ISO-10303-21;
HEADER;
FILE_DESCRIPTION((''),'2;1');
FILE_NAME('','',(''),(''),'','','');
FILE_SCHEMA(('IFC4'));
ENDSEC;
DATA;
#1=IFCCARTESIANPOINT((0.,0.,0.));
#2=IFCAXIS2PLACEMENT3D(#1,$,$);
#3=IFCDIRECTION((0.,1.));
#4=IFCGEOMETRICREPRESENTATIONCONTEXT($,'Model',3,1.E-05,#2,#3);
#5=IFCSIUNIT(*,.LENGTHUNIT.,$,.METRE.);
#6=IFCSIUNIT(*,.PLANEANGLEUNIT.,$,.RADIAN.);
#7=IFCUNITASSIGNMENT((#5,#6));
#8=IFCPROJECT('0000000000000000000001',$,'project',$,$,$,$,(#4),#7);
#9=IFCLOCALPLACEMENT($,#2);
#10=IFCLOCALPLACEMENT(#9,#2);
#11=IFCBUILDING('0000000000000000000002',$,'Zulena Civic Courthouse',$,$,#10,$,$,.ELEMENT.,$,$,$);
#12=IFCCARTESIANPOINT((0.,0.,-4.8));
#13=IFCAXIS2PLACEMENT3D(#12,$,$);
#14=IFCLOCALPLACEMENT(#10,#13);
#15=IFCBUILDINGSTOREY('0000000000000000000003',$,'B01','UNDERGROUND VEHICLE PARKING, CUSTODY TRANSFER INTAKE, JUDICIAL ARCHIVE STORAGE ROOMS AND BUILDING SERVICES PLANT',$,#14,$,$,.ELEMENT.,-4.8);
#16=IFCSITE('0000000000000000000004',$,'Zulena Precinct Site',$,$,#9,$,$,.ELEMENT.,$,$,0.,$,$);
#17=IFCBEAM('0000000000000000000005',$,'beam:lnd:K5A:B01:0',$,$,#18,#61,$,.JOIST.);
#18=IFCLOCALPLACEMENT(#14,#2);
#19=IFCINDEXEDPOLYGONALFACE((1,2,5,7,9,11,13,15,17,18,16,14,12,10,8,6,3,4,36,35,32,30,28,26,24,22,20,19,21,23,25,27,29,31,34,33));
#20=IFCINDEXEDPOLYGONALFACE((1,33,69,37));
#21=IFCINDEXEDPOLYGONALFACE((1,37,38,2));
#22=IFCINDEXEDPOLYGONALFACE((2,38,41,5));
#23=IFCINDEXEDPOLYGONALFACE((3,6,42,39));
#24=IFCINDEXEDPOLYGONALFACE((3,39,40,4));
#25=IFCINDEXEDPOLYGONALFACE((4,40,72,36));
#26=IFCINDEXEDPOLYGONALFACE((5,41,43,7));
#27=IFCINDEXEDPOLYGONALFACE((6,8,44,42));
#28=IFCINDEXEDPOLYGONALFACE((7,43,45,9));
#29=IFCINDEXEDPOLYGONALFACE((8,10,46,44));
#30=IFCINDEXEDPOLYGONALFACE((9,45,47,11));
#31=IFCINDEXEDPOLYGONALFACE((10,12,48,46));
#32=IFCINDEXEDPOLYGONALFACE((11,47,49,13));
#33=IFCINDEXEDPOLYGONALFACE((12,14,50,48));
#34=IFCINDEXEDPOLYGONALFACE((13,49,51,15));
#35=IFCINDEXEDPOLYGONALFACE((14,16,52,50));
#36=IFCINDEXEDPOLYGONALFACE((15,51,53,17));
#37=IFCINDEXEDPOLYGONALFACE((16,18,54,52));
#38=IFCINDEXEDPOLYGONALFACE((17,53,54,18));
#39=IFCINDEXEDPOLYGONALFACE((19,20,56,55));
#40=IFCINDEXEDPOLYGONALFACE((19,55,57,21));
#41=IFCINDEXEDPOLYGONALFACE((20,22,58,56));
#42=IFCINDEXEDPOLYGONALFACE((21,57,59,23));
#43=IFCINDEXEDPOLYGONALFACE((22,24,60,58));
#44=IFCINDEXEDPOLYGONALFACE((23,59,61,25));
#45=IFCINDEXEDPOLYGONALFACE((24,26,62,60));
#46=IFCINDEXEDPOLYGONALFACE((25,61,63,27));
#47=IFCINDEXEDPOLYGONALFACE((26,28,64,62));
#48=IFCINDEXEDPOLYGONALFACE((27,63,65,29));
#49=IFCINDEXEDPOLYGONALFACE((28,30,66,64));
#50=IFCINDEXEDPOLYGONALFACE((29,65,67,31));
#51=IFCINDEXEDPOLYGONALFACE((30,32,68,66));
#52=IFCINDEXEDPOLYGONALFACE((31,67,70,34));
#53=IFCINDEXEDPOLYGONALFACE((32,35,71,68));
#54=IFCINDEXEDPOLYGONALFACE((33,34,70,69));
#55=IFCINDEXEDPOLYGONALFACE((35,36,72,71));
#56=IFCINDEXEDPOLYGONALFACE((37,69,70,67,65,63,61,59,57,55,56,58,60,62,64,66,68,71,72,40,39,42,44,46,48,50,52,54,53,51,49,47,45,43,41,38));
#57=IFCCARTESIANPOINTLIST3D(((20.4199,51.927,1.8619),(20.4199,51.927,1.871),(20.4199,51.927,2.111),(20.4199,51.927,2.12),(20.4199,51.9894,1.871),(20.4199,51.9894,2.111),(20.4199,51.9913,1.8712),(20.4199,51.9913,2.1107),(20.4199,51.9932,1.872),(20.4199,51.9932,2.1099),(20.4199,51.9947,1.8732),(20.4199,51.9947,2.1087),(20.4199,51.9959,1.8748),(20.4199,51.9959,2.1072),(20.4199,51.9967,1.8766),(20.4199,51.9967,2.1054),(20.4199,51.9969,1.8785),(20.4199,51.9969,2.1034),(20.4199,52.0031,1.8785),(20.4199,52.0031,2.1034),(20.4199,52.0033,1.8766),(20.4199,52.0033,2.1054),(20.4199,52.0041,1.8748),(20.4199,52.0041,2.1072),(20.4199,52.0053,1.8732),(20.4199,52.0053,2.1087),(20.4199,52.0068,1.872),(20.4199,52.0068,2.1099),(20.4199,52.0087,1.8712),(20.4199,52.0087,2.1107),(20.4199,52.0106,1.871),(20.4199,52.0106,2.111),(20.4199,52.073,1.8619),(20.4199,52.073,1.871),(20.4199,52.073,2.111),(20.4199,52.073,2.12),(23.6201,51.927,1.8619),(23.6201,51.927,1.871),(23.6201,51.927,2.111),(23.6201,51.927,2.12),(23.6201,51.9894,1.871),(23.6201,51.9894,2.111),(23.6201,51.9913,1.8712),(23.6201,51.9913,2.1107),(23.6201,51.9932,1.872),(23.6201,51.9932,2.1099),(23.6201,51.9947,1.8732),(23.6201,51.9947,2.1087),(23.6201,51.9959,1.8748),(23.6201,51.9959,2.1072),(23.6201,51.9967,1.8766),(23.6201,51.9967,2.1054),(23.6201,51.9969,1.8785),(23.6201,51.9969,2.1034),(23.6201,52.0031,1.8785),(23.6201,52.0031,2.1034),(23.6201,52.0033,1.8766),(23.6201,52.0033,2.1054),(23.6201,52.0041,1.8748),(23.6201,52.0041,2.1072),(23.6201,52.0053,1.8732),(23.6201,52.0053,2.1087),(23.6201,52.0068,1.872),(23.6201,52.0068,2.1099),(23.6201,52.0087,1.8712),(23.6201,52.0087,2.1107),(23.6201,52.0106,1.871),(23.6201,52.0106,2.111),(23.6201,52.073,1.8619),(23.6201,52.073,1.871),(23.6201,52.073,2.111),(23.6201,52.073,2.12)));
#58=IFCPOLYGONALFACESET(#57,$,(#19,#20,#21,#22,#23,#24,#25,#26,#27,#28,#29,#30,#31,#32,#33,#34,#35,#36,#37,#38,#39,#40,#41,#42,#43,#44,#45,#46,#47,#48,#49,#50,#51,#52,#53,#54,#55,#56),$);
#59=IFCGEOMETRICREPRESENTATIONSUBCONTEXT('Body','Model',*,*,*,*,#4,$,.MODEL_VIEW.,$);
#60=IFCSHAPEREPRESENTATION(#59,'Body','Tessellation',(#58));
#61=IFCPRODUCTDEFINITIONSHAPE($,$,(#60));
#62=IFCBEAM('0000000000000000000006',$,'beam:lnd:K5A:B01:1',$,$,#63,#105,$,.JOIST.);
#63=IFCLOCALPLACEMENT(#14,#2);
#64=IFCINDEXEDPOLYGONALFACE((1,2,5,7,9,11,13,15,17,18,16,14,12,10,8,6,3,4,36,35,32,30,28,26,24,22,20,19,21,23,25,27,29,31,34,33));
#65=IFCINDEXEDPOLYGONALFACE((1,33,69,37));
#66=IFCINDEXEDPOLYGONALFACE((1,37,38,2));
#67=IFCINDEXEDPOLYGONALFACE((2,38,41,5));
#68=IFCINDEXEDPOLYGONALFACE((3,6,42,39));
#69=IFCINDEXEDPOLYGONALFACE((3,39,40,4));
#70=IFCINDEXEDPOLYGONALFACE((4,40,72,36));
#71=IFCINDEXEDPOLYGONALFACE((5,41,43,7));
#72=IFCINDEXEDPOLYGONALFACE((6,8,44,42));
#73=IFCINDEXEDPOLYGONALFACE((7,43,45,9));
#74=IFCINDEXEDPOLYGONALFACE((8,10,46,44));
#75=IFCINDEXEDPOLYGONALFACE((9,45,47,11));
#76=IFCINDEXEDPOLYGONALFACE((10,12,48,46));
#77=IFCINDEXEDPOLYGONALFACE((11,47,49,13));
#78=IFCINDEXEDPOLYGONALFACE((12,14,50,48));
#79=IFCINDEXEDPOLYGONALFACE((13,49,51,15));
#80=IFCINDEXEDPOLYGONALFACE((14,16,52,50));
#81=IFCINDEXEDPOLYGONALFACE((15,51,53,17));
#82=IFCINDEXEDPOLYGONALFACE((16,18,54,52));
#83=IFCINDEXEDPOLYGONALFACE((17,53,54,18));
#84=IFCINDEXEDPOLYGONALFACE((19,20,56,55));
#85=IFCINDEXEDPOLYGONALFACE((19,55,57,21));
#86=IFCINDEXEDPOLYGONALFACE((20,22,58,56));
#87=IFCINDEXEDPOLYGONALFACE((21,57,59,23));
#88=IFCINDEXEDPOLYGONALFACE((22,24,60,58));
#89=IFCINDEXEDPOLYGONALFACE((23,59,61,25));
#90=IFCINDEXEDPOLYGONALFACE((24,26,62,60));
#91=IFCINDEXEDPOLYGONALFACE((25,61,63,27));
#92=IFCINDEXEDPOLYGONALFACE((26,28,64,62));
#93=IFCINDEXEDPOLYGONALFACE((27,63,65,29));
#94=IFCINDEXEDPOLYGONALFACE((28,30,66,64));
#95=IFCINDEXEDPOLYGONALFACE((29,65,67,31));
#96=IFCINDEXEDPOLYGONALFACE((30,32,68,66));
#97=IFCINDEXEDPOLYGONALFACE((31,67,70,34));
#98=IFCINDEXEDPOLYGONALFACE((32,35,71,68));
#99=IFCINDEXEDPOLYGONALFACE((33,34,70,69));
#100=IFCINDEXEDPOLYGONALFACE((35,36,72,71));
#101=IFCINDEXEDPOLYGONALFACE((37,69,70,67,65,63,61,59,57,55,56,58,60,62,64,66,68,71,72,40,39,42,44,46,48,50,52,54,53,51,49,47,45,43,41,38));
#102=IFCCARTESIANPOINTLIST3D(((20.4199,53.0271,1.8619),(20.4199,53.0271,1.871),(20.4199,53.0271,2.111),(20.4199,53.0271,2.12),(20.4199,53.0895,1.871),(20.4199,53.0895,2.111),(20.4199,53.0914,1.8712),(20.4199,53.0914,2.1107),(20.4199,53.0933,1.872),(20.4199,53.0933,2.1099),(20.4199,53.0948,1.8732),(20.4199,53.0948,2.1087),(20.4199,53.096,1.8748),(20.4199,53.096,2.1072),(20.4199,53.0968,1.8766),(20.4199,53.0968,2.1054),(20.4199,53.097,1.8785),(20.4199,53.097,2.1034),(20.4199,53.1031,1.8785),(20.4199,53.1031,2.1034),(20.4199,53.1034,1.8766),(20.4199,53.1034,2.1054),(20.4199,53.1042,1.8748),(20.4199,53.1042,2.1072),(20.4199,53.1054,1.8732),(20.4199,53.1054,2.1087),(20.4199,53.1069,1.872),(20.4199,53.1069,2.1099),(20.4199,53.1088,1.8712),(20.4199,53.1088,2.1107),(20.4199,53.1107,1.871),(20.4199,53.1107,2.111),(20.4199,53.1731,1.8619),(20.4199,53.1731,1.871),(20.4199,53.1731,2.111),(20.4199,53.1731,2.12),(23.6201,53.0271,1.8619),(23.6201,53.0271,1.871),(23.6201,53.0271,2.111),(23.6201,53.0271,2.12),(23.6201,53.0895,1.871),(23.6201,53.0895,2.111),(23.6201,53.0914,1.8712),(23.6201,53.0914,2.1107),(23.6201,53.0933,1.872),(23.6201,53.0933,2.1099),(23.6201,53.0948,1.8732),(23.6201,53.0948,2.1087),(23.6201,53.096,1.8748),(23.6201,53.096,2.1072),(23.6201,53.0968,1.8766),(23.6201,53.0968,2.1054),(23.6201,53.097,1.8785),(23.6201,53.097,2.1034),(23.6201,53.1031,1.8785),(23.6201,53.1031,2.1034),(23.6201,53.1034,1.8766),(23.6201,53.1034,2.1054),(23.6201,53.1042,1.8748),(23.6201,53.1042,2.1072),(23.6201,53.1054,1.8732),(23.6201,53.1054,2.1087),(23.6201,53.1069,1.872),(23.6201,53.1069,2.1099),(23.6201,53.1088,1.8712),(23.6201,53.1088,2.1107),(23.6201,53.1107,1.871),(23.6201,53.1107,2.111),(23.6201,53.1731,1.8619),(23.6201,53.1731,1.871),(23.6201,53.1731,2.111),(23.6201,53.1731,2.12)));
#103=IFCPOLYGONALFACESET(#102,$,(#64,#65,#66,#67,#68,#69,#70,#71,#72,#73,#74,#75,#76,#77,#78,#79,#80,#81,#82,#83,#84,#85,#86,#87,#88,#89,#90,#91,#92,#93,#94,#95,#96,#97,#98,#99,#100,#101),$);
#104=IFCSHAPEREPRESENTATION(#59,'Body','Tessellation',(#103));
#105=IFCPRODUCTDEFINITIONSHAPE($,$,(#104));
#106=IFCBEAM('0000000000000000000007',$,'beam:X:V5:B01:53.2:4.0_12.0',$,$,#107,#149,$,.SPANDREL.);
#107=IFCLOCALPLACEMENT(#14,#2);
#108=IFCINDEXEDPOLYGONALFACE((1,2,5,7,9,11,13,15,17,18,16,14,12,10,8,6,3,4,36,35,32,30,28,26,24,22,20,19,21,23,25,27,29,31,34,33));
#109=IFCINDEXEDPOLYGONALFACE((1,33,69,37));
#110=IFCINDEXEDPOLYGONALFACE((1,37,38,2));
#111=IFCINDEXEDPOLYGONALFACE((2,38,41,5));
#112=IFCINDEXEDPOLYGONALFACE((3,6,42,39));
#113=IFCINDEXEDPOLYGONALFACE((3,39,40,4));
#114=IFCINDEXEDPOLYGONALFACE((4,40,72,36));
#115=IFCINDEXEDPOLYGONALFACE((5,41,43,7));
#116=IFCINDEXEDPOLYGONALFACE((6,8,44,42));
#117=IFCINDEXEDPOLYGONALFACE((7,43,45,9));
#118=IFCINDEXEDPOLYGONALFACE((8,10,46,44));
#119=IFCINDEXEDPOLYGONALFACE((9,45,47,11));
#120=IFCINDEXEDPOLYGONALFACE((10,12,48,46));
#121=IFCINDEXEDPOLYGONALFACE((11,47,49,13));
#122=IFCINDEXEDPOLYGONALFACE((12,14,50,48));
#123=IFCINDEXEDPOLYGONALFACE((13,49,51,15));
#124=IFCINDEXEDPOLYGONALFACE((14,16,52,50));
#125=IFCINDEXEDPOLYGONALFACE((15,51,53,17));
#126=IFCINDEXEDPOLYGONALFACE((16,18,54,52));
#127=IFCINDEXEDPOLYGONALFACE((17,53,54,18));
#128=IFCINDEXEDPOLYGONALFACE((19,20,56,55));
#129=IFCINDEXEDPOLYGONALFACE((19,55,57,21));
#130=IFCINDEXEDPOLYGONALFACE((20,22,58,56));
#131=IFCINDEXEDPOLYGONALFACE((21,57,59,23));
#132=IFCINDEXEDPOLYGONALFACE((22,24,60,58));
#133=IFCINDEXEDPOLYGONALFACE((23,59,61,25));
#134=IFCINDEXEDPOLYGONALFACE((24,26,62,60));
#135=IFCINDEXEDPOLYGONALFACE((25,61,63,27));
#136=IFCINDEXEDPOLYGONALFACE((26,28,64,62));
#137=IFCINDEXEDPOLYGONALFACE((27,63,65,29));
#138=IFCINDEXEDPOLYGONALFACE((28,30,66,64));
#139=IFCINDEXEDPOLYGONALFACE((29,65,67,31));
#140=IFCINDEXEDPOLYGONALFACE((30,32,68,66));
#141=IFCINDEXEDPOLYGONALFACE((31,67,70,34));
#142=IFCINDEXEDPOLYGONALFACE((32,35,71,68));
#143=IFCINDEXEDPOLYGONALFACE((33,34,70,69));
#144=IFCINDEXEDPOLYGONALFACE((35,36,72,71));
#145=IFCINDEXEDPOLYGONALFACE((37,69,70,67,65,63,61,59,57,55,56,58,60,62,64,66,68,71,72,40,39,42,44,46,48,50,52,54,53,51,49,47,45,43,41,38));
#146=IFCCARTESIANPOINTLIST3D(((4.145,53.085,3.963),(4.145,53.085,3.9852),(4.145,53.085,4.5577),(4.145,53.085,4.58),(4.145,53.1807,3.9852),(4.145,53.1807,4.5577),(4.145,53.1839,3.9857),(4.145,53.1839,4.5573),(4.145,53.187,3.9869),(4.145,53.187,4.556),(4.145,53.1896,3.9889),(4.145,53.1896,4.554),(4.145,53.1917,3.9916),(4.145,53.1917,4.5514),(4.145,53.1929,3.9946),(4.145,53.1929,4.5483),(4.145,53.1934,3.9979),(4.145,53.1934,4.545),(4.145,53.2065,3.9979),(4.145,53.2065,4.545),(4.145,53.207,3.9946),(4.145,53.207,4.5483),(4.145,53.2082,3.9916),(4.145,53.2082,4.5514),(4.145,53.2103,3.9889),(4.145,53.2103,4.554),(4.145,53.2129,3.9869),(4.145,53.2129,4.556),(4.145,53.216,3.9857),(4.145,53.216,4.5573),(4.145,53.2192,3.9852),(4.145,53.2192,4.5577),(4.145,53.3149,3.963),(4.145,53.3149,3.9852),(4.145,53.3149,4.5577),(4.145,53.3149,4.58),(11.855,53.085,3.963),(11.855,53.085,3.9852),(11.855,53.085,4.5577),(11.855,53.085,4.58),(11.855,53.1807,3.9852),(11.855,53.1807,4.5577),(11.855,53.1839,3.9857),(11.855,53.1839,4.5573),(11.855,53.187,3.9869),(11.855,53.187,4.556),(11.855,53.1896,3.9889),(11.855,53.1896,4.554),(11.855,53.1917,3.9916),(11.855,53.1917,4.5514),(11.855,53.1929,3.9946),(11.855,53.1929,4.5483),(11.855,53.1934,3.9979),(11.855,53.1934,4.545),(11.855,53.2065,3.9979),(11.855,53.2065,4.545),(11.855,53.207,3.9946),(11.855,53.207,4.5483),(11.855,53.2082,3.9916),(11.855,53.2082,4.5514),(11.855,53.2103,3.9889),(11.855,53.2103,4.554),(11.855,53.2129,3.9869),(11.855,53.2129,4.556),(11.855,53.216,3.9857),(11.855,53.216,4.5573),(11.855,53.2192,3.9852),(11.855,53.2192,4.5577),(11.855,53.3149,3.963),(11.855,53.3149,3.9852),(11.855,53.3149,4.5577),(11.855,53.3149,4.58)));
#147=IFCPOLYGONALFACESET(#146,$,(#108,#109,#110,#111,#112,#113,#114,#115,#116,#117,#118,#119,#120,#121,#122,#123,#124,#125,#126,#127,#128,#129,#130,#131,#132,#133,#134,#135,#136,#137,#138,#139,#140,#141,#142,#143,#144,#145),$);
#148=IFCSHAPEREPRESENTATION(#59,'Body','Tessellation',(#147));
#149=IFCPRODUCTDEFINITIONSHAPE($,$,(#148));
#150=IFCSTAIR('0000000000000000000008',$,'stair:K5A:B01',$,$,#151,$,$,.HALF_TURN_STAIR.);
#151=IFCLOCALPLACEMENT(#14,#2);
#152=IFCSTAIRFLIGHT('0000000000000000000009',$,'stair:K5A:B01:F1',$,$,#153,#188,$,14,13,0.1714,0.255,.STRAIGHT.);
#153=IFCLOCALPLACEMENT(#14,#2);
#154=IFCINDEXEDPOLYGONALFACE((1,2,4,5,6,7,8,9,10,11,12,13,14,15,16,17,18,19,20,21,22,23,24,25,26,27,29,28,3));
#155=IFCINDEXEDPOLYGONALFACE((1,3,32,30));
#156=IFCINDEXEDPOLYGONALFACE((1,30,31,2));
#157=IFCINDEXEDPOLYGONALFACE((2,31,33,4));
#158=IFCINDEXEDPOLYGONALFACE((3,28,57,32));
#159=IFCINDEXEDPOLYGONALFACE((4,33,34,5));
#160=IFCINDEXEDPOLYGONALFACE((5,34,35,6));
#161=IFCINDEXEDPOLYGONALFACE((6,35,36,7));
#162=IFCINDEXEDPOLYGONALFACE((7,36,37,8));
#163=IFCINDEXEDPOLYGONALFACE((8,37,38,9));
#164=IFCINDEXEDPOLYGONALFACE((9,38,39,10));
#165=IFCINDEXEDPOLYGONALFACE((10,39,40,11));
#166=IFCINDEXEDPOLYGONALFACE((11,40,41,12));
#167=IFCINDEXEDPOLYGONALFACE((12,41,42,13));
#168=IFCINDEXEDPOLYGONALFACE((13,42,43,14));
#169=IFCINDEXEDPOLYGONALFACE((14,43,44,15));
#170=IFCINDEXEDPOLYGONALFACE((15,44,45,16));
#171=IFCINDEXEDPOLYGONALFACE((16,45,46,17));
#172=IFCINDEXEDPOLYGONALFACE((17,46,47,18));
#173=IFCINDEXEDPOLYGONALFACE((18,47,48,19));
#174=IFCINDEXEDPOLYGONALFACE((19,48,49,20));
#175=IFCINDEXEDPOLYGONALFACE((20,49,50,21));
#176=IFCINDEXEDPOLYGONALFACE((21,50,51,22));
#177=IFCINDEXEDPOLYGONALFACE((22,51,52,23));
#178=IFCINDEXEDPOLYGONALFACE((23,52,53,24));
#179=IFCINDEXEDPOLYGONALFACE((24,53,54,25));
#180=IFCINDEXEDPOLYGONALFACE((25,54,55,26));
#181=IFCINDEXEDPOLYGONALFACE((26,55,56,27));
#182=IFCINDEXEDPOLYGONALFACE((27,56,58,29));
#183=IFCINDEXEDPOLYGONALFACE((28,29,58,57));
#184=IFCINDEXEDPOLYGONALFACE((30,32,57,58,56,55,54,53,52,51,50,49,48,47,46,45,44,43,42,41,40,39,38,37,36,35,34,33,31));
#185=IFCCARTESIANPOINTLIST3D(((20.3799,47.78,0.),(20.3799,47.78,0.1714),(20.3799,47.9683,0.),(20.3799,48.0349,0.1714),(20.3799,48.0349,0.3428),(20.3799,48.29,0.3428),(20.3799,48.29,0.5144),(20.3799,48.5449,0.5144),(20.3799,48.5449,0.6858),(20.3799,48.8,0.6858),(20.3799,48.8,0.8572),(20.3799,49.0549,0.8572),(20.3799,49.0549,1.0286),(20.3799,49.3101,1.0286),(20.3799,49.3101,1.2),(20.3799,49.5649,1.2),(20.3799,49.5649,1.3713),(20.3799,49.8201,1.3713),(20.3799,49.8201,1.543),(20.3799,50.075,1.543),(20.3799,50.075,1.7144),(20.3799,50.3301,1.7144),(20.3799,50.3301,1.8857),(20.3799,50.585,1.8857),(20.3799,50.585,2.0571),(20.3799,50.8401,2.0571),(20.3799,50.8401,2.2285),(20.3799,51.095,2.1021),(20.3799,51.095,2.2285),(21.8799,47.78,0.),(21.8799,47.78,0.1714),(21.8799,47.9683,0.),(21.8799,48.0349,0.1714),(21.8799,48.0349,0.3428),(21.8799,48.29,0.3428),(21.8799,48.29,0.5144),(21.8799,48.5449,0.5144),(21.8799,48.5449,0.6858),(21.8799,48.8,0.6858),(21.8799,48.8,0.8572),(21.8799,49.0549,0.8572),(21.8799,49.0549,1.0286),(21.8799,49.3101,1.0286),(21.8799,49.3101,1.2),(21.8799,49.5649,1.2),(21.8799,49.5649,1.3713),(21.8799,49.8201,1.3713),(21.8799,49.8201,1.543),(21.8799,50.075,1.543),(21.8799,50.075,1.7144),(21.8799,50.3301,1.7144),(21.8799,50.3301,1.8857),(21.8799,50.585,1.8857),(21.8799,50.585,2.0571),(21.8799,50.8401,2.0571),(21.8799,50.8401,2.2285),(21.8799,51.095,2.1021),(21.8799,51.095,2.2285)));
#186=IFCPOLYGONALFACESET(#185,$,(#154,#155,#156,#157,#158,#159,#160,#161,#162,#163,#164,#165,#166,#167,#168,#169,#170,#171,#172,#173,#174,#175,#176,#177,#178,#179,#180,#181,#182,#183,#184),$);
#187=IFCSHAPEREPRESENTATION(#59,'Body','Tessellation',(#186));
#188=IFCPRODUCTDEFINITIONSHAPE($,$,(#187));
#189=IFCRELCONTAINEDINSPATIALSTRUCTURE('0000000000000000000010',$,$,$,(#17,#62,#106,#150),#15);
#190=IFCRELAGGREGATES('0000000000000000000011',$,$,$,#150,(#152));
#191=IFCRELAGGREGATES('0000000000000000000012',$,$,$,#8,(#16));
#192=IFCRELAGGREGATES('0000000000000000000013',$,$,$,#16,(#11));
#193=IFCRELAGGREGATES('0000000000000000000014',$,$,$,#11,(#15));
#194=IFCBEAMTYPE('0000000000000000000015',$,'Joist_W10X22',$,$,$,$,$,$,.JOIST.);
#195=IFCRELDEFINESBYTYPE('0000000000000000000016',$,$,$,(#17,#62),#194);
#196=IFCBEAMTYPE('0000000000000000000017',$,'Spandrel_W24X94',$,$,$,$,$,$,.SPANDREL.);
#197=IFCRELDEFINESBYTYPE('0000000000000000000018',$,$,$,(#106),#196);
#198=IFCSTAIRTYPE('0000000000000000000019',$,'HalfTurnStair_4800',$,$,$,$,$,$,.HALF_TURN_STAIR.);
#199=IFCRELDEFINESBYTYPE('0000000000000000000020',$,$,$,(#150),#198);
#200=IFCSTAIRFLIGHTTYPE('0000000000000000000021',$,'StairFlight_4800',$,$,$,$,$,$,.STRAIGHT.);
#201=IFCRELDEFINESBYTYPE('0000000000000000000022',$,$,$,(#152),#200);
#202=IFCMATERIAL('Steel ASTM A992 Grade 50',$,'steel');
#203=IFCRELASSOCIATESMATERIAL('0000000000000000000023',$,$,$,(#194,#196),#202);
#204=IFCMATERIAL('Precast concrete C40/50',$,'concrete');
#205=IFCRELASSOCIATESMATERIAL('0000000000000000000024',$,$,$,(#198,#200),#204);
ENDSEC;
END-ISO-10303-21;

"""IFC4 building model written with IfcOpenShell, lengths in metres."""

from ifc_helpers import new_model, si_unit, direction, frame, origin, origin_2d, place, context, subcontext, project, spatial, polyline, i_section, outline, extrude, material, material_profile, profile_set, type_object, element, aggregate, save


model = new_model("IFC4")

# Units and contexts
model_context = context("Model", 3, precision=1e-05, world=origin(), true_north=direction((0.0, 1.0)))
body_context = subcontext(model_context, "Body", "Model", "MODEL_VIEW")
ifc_project = project(units=[si_unit("LENGTHUNIT", "METRE"), si_unit("PLANEANGLEUNIT", "RADIAN")], contexts=[model_context])

# Site, building, storey
site_placement = place(None, origin())
site = spatial("IfcSite", under=ifc_project, at=site_placement, Name="Zulena Precinct Site", CompositionType="ELEMENT", RefElevation=0.0)
building_placement = place(site_placement, origin())
building = spatial("IfcBuilding", under=site, at=building_placement, Name="Zulena Civic Courthouse", CompositionType="ELEMENT")
storey_placement = place(building_placement, frame((0.0, 0.0, -4.8)))
storey = spatial("IfcBuildingStorey", under=building, at=storey_placement, Name="B01", Description="UNDERGROUND VEHICLE PARKING, CUSTODY TRANSFER INTAKE, JUDICIAL ARCHIVE STORAGE ROOMS AND BUILDING SERVICES PLANT", CompositionType="ELEMENT", Elevation=-4.8)

# Shared definitions
ifc_material_1 = material(Name="Steel ASTM A992 Grade 50", Category="steel")

# Beams
ifc_material_profile_1 = material_profile(ifc_material_1, i_section(OverallWidth=0.146, OverallDepth=0.2581, WebThickness=0.0061, FlangeThickness=0.009, FilletRadius=0.0076, at=origin_2d()), Name="W10X22")
ifc_profile_set_1 = profile_set([ifc_material_profile_1], Name="Steel ASTM A992 Grade 50")
beam_type_1 = type_object("IfcBeamType", Name="Joist_W10X22", PredefinedType="JOIST", material=ifc_profile_set_1)
for number, where, z_axis, x_axis, name in (
    (1, (20.4199, 52.0, 1.991), (1.0, 0.0, 0.0), (0.0, 1.0, 0.0), "beam:lnd:K5A:B01:0"),
    (2, (20.4199, 53.1001, 1.991), (1.0, 0.0, 0.0), (0.0, 1.0, 0.0), "beam:lnd:K5A:B01:1"),
):
    element("IfcBeam", number, at=place(storey_placement, frame(where, z_axis=z_axis, x_axis=x_axis)), inside=storey, type_object=beam_type_1, Name=name, PredefinedType="JOIST", context=body_context, shape_type="SweptSolid", body=[
        extrude(i_section(OverallWidth=0.146, OverallDepth=0.2581, WebThickness=0.0061, FlangeThickness=0.009, FilletRadius=0.0076, at=origin_2d()), origin(), (0.0, 0.0, 1.0), 3.2002),
    ])
ifc_material_profile_2 = material_profile(ifc_material_1, i_section(OverallWidth=0.23, OverallDepth=0.6169, WebThickness=0.0132, FlangeThickness=0.0222, FilletRadius=0.0127, at=origin_2d()), Name="W24X94")
ifc_profile_set_2 = profile_set([ifc_material_profile_2], Name="Steel ASTM A992 Grade 50")
beam_type_2 = type_object("IfcBeamType", Name="Spandrel_W24X94", PredefinedType="SPANDREL", material=ifc_profile_set_2)
beam_1_placement = place(storey_placement, frame((4.145, 53.2, 4.2715), z_axis=(1.0, 0.0, 0.0), x_axis=(0.0, 1.0, 0.0)))
element("IfcBeam", 3, at=beam_1_placement, inside=storey, type_object=beam_type_2, Name="beam:X:V5:B01:53.2:4.0_12.0", PredefinedType="SPANDREL", context=body_context, shape_type="SweptSolid", body=[
    extrude(i_section(OverallWidth=0.23, OverallDepth=0.6169, WebThickness=0.0132, FlangeThickness=0.0222, FilletRadius=0.0127, at=origin_2d()), origin(), (0.0, 0.0, 1.0), 7.71),
])

# Stair, stair flight
ifc_material_2 = material(Name="Precast concrete C40/50", Category="concrete")
stair_type = type_object("IfcStairType", Name="HalfTurnStair_4800", PredefinedType="HALF_TURN_STAIR", material=ifc_material_2)
stair_placement = place(storey_placement, origin())
stair = element("IfcStair", 4, at=stair_placement, inside=storey, type_object=stair_type, Name="stair:K5A:B01", PredefinedType="HALF_TURN_STAIR")
stair_flight_type = type_object("IfcStairFlightType", Name="StairFlight_4800", PredefinedType="STRAIGHT", material=ifc_material_2)
stair_flight_placement = place(storey_placement, frame((21.1299, 47.78, 0.0), z_axis=(0.0, 0.0, 1.0), x_axis=(0.0, 1.0, 0.0)))
stair_flight = element("IfcStairFlight", 5, at=stair_flight_placement, type_object=stair_flight_type, Name="stair:K5A:B01:F1", NumberOfRisers=14, NumberOfTreads=13, PredefinedType="STRAIGHT", RiserHeight=0.1714, TreadLength=0.255, context=body_context, shape_type="SweptSolid", body=[
    extrude(outline(polyline([(0.0, 0.0), (0.0, 0.1714), (0.2549, 0.1714), (0.2549, 0.3428), (0.51, 0.3428), (0.51, 0.5144), (0.7649, 0.5144), (0.7649, 0.6858), (1.02, 0.6858), (1.02, 0.8572), (1.2749, 0.8572), (1.2749, 1.0286), (1.53, 1.0286), (1.53, 1.2), (1.7849, 1.2), (1.7849, 1.3713), (2.04, 1.3713), (2.04, 1.543), (2.2949, 1.543), (2.2949, 1.7144), (2.55, 1.7144), (2.55, 1.8857), (2.8049, 1.8857), (2.8049, 2.0571), (3.0601, 2.0571), (3.0601, 2.2285), (3.3149, 2.2285), (3.3149, 2.3999), (3.3149, 2.1021), (0.1882, 0.0), (0.0, 0.0)])), frame((0.0, 0.75, 0.0), z_axis=(0.0, -1.0, 0.0), x_axis=(1.0, 0.0, 0.0)), (0.0, 0.0, 1.0), 1.5),
])
aggregate(stair, [stair_flight])

save(model, "model.ifc")
